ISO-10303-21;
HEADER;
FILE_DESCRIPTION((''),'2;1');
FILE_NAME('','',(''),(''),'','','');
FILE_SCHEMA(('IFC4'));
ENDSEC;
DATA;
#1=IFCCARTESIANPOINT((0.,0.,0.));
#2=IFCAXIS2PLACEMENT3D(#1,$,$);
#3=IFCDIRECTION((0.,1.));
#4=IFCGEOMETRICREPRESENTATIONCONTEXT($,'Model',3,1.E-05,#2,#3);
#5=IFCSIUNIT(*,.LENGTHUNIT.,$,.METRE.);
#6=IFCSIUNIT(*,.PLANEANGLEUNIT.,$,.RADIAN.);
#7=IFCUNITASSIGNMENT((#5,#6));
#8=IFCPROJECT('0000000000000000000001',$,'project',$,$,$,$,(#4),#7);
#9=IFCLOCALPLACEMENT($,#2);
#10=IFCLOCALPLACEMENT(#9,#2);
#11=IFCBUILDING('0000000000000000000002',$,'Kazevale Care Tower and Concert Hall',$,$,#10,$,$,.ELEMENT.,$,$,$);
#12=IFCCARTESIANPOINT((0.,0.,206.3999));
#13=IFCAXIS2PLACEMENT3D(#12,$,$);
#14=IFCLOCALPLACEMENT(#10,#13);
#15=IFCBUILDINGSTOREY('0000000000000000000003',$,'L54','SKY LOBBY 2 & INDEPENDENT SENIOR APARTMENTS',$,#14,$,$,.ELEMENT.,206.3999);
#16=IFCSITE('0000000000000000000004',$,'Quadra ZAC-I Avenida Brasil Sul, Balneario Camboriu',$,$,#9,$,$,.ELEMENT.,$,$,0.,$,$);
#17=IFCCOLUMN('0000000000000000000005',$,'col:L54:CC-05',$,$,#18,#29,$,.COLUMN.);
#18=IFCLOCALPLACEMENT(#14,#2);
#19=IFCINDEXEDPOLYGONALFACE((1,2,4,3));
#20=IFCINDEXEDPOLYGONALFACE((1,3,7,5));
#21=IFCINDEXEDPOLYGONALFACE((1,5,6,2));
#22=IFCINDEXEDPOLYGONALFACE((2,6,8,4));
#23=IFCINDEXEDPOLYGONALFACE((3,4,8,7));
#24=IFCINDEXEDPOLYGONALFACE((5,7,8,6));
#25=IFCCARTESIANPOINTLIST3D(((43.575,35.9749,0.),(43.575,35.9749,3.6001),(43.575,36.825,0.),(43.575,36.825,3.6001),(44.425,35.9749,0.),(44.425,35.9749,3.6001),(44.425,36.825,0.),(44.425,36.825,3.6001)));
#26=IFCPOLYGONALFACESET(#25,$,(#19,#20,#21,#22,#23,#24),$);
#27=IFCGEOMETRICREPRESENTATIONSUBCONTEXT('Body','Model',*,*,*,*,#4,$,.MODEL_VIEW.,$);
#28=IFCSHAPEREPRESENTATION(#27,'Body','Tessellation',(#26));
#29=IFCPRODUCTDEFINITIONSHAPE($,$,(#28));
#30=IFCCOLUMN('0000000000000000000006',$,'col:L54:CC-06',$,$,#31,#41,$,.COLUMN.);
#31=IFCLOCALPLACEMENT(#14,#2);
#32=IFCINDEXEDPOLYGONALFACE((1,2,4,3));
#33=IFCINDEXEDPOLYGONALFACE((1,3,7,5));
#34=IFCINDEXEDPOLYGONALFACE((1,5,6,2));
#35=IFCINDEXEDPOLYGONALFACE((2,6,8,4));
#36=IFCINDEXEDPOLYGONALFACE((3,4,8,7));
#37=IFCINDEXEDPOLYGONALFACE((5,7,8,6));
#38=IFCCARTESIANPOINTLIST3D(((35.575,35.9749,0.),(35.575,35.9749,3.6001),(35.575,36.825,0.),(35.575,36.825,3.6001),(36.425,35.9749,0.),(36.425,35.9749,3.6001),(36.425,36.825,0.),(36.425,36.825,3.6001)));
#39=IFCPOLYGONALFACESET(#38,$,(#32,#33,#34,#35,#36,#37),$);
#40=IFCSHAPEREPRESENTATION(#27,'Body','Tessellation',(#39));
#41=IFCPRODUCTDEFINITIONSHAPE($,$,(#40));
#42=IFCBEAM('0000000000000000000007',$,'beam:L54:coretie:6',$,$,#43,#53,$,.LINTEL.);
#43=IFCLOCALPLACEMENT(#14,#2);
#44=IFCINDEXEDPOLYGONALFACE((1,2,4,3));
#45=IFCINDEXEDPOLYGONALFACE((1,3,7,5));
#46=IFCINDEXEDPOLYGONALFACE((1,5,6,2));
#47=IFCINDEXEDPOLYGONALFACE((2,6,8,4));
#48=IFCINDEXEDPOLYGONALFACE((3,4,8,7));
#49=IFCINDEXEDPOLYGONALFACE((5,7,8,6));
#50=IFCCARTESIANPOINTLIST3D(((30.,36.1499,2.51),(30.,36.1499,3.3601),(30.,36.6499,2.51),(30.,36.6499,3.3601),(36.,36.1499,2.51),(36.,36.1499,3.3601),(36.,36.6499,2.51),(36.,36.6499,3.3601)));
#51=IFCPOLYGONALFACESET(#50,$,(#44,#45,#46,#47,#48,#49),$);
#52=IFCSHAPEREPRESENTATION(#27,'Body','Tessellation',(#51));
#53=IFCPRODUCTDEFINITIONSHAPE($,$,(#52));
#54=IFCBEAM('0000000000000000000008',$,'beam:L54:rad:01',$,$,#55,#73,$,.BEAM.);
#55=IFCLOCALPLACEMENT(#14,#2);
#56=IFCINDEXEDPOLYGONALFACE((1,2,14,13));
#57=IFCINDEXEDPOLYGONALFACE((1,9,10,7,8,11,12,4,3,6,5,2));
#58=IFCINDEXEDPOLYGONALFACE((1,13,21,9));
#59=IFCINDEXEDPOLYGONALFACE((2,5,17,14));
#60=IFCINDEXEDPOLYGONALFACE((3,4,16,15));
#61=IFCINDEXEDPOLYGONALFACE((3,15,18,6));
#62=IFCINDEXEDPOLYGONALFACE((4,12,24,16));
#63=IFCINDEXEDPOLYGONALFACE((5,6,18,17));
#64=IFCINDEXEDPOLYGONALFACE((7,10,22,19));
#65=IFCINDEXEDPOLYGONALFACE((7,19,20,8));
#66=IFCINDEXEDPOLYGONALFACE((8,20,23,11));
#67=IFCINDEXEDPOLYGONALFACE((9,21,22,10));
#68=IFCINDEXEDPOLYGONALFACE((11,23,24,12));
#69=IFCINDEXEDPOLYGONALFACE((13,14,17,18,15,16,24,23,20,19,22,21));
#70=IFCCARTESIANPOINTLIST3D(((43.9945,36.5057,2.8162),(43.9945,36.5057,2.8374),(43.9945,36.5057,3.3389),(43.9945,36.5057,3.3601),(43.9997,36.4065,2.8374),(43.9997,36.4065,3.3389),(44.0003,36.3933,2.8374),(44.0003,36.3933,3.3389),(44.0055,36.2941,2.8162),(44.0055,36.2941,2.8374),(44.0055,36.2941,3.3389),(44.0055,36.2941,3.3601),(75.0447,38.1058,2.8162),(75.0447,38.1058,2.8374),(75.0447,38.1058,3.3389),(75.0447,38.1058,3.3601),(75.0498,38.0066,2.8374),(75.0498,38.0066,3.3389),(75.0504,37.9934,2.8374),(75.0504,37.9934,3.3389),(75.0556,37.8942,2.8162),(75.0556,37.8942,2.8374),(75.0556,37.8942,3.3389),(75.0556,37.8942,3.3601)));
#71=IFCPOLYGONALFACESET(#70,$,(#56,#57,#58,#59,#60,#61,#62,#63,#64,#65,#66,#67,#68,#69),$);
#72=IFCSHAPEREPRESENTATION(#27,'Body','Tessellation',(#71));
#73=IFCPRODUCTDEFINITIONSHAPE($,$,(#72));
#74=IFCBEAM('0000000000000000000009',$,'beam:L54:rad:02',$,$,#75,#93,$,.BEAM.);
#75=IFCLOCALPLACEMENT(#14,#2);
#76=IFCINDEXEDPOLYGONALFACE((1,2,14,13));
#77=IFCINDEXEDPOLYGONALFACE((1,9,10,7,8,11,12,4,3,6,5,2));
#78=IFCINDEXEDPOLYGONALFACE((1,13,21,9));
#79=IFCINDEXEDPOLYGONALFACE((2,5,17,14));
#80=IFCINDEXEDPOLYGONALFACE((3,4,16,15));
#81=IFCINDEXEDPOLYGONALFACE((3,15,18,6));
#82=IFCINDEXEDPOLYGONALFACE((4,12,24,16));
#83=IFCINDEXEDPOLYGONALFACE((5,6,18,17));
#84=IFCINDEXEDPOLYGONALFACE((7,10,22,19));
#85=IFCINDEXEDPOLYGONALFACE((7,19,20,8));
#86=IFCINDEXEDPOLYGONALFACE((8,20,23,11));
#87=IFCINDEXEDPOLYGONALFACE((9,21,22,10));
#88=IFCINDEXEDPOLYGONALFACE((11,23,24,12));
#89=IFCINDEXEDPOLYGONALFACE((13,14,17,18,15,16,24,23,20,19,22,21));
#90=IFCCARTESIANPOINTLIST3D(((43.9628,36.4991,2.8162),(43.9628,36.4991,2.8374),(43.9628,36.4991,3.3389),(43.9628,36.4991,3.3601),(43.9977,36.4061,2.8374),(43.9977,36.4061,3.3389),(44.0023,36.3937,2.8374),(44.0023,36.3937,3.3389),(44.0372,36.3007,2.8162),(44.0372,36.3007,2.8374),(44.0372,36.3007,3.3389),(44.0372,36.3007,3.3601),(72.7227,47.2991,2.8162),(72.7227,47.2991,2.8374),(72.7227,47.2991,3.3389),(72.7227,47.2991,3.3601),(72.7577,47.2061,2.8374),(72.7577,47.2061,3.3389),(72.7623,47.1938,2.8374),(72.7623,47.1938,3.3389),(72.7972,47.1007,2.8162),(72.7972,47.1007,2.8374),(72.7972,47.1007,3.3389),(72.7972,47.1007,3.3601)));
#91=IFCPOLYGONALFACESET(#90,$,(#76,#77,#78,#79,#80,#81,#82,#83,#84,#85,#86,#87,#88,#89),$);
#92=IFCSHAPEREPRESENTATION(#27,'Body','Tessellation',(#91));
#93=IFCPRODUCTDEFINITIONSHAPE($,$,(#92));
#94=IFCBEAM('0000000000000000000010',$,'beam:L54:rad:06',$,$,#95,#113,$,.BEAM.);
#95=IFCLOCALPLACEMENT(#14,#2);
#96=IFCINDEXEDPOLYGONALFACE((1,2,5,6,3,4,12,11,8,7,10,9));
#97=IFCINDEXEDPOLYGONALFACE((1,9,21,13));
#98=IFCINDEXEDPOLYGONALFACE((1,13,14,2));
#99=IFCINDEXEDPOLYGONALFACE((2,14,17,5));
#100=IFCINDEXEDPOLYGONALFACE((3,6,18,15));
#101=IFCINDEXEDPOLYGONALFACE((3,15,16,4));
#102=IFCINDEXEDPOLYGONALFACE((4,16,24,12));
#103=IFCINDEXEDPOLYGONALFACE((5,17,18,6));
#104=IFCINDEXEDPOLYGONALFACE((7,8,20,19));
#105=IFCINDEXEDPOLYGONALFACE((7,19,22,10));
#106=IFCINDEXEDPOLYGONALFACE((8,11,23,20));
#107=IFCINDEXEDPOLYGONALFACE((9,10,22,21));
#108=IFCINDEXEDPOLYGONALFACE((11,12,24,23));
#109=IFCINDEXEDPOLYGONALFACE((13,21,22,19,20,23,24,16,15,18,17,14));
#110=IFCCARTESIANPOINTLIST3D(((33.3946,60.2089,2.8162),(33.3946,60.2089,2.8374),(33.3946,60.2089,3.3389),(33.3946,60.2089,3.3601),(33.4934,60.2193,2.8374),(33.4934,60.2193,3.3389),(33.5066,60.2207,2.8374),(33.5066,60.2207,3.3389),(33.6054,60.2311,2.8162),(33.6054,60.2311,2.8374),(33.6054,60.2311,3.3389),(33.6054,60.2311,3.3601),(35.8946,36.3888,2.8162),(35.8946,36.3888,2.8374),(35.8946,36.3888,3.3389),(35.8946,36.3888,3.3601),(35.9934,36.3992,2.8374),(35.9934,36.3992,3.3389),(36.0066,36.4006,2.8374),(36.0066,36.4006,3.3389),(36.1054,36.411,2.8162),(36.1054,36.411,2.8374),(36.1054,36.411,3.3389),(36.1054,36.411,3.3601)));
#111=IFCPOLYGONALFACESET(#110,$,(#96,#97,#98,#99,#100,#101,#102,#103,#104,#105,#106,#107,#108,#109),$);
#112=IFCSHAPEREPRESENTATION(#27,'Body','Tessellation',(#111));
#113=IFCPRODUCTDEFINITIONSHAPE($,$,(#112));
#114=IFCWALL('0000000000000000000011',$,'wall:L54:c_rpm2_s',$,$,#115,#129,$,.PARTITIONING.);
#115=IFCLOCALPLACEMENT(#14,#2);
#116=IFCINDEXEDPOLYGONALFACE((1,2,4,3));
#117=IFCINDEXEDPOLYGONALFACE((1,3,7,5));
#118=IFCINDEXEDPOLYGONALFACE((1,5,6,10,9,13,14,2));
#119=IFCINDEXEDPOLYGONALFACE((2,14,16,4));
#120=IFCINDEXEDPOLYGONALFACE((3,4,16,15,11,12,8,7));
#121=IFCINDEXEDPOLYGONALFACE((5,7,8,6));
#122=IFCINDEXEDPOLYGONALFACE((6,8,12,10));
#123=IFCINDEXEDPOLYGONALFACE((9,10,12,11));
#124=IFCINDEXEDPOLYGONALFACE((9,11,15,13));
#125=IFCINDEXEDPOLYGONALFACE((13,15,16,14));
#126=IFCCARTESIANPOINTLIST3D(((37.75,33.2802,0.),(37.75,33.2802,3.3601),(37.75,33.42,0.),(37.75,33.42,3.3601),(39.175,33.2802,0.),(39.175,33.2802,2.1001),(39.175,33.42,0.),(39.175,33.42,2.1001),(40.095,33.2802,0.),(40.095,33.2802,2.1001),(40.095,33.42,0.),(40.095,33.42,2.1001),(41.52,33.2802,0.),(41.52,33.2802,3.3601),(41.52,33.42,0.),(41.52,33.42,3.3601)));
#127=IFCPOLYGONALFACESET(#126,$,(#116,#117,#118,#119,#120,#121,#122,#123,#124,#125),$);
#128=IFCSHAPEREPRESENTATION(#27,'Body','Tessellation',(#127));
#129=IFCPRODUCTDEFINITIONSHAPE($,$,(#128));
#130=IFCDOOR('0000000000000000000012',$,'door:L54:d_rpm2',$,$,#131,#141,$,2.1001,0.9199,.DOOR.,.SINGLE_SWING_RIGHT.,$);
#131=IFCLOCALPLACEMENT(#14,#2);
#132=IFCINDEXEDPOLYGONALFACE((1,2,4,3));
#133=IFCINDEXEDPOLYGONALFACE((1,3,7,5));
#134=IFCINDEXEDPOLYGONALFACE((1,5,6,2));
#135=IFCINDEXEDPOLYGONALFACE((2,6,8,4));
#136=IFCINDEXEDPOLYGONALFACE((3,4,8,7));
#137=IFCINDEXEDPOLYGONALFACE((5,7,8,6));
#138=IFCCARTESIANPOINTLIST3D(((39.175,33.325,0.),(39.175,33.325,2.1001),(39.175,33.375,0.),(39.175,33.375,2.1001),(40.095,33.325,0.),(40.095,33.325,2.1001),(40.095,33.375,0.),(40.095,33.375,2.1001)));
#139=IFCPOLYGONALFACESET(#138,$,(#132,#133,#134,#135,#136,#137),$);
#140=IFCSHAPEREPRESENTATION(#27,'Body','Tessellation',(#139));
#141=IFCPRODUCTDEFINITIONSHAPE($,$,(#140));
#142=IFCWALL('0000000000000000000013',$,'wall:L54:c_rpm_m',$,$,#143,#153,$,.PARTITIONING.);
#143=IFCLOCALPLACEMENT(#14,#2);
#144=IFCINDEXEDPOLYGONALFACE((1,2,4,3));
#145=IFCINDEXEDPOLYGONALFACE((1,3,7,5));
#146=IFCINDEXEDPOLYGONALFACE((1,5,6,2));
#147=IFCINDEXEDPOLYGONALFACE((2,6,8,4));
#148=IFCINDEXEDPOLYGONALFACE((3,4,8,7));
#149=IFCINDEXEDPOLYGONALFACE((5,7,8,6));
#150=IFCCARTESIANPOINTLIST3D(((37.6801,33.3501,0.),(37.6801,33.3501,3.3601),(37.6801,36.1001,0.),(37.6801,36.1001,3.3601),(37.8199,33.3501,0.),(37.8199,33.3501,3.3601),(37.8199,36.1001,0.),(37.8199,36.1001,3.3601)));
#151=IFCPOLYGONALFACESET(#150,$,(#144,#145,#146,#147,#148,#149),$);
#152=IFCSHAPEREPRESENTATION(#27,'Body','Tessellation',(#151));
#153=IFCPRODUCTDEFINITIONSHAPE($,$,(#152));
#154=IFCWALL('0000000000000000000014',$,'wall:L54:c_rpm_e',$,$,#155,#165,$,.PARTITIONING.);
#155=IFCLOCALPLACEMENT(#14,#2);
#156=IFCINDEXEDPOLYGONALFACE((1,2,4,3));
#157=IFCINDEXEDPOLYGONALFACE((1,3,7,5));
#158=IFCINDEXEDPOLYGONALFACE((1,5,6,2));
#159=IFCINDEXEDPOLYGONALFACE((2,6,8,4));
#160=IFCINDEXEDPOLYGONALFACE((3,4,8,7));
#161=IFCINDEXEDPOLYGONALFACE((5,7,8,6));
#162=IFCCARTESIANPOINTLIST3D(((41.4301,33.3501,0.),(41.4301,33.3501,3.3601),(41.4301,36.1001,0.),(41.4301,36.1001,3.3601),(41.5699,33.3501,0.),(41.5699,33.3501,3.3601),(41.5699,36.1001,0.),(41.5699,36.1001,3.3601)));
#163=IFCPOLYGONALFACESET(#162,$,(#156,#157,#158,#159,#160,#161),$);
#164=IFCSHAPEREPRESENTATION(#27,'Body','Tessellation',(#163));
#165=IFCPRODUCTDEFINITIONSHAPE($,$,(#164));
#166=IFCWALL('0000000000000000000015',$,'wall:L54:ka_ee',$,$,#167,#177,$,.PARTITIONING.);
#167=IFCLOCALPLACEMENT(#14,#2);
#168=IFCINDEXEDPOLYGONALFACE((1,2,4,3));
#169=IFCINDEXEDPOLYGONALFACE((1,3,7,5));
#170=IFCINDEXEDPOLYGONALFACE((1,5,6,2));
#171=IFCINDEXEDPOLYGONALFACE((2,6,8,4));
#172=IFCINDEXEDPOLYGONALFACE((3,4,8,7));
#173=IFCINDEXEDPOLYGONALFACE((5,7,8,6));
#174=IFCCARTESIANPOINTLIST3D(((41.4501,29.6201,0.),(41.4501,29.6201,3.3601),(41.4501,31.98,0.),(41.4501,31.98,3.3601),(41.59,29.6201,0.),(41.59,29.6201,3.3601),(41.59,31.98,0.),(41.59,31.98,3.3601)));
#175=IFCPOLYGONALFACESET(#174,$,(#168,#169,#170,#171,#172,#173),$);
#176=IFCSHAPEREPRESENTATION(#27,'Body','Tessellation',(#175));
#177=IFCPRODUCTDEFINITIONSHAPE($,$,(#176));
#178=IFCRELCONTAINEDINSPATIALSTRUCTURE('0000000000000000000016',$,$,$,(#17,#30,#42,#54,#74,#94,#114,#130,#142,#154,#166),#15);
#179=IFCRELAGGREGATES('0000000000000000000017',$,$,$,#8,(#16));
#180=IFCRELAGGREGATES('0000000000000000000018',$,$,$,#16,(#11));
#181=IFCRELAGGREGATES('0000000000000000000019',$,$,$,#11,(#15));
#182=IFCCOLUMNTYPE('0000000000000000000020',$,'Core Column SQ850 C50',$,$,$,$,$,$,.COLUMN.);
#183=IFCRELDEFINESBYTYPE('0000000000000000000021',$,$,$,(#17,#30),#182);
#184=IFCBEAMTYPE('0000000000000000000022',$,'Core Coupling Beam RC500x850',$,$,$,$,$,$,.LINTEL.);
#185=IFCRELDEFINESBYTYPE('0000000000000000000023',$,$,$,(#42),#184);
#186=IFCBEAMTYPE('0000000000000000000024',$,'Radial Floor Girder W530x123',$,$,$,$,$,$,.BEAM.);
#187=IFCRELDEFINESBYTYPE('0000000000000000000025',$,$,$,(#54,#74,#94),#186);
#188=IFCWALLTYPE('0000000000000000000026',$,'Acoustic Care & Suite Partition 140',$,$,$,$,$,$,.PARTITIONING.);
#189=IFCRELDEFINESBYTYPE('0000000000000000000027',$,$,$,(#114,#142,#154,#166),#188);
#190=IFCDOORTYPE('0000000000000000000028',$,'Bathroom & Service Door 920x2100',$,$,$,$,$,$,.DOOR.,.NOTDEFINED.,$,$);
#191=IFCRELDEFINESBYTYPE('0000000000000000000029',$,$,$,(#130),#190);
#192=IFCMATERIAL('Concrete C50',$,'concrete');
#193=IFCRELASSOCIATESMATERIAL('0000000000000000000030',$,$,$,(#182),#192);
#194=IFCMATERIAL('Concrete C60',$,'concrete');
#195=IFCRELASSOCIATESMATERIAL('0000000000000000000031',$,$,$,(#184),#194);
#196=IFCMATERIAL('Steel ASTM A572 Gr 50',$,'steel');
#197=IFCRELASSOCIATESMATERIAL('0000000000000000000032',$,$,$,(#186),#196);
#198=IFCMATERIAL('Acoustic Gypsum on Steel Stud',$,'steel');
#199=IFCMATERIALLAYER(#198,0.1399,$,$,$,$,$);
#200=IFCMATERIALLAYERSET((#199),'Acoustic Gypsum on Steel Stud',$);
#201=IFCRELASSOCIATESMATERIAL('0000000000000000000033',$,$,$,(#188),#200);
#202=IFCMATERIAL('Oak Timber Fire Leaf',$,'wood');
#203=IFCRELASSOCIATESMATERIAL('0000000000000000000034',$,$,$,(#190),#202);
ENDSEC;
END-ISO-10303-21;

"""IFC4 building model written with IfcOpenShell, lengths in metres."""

from ifc_helpers import new_model, si_unit, direction, frame, frame_2d, origin, origin_2d, place, context, subcontext, project, spatial, rectangle, i_section, extrude, material, layer, layer_set, material_profile, profile_set, type_object, element, fill, save


model = new_model("IFC4")

# Units and contexts
model_context = context("Model", 3, precision=1e-05, world=origin(), true_north=direction((0.0, 1.0)))
body_context = subcontext(model_context, "Body", "Model", "MODEL_VIEW")
ifc_project = project(units=[si_unit("LENGTHUNIT", "METRE"), si_unit("PLANEANGLEUNIT", "RADIAN")], contexts=[model_context])

# Site, building, storey
site_placement = place(None, origin())
site = spatial("IfcSite", under=ifc_project, at=site_placement, Name="Quadra ZAC-I Avenida Brasil Sul, Balneario Camboriu", CompositionType="ELEMENT", RefElevation=0.0)
building_placement = place(site_placement, origin())
building = spatial("IfcBuilding", under=site, at=building_placement, Name="Kazevale Care Tower and Concert Hall", CompositionType="ELEMENT")
storey_placement = place(building_placement, frame((0.0, 0.0, 206.3999)))
storey = spatial("IfcBuildingStorey", under=building, at=storey_placement, Name="L54", Description="SKY LOBBY 2 & INDEPENDENT SENIOR APARTMENTS", CompositionType="ELEMENT", Elevation=206.3999)

# Columns
ifc_material_1 = material(Name="Concrete C50", Category="concrete")
ifc_material_profile_1 = material_profile(ifc_material_1, rectangle(XDim=0.8501, YDim=0.8501, at=origin_2d()), Name="RC-SQ850")
ifc_profile_set_1 = profile_set([ifc_material_profile_1], Name="Concrete C50")
column_type = type_object("IfcColumnType", Name="Core Column SQ850 C50", PredefinedType="COLUMN", material=ifc_profile_set_1)
for number, where, z_axis, x_axis, name in (
    (1, (44.0, 36.3999, 0.0), (0.0, 0.0, 1.0), (1.0, 0.0, 0.0), "col:L54:CC-05"),
    (2, (36.0, 36.3999, 0.0), (0.0, 0.0, 1.0), (1.0, 0.0, 0.0), "col:L54:CC-06"),
):
    element("IfcColumn", number, at=place(storey_placement, frame(where, z_axis=z_axis, x_axis=x_axis)), inside=storey, type_object=column_type, Name=name, PredefinedType="COLUMN", context=body_context, shape_type="SweptSolid", body=[
        extrude(rectangle(XDim=0.8501, YDim=0.8501, at=origin_2d()), origin(), (0.0, 0.0, 1.0), 3.6001),
    ])

# Beams
ifc_material_2 = material(Name="Concrete C60", Category="concrete")
ifc_material_profile_2 = material_profile(ifc_material_2, rectangle(XDim=0.5, YDim=0.8501, at=origin_2d()), Name="RC-B500x850")
ifc_profile_set_2 = profile_set([ifc_material_profile_2], Name="Concrete C60")
beam_type_1 = type_object("IfcBeamType", Name="Core Coupling Beam RC500x850", PredefinedType="LINTEL", material=ifc_profile_set_2)
beam_1_placement = place(storey_placement, frame((36.0, 36.3999, 2.9351), z_axis=(-1.0, 0.0, 0.0), x_axis=(0.0, -1.0, 0.0)))
element("IfcBeam", 3, at=beam_1_placement, inside=storey, type_object=beam_type_1, Name="beam:L54:coretie:6", PredefinedType="LINTEL", context=body_context, shape_type="SweptSolid", body=[
    extrude(rectangle(XDim=0.5, YDim=0.8501, at=origin_2d()), origin(), (0.0, 0.0, 1.0), 6.0),
])
ifc_material_3 = material(Name="Steel ASTM A572 Gr 50", Category="steel")
ifc_material_profile_3 = material_profile(ifc_material_3, i_section(OverallWidth=0.2119, OverallDepth=0.5439, WebThickness=0.0132, FlangeThickness=0.0212, at=origin_2d()), Name="W530x123")
ifc_profile_set_3 = profile_set([ifc_material_profile_3], Name="Steel ASTM A572 Gr 50")
beam_type_2 = type_object("IfcBeamType", Name="Radial Floor Girder W530x123", PredefinedType="BEAM", material=ifc_profile_set_3)
beam_2_placement = place(storey_placement, frame((44.0, 36.3999, 3.0881), z_axis=(0.998675, 0.051465, 0.0), x_axis=(-0.051465, 0.998675, 0.0)))
element("IfcBeam", 4, at=beam_2_placement, inside=storey, type_object=beam_type_2, Name="beam:L54:rad:01", PredefinedType="BEAM", context=body_context, shape_type="SweptSolid", body=[
    extrude(i_section(OverallWidth=0.2119, OverallDepth=0.5439, WebThickness=0.0132, FlangeThickness=0.0212, at=origin_2d()), origin(), (0.0, 0.0, 1.0), 31.0913),
])
beam_3_placement = place(storey_placement, frame((44.0, 36.3999, 3.0881), z_axis=(0.936168, 0.351553, 0.0), x_axis=(-0.351553, 0.936168, 0.0)))
element("IfcBeam", 5, at=beam_3_placement, inside=storey, type_object=beam_type_2, Name="beam:L54:rad:02", PredefinedType="BEAM", context=body_context, shape_type="SweptSolid", body=[
    extrude(i_section(OverallWidth=0.2119, OverallDepth=0.5439, WebThickness=0.0132, FlangeThickness=0.0212, at=origin_2d()), origin(), (0.0, 0.0, 1.0), 30.7209),
])
beam_4_placement = place(storey_placement, frame((36.0, 36.3999, 3.0881), z_axis=(-0.10438, 0.994537, 0.0), x_axis=(-0.994537, -0.10438, 0.0)))
element("IfcBeam", 6, at=beam_4_placement, inside=storey, type_object=beam_type_2, Name="beam:L54:rad:06", PredefinedType="BEAM", context=body_context, shape_type="SweptSolid", body=[
    extrude(i_section(OverallWidth=0.2119, OverallDepth=0.5439, WebThickness=0.0132, FlangeThickness=0.0212, at=origin_2d()), origin(), (0.0, 0.0, 1.0), 23.9509),
])

# Wall, opening, door
ifc_material_4 = material(Name="Acoustic Gypsum on Steel Stud", Category="steel")
ifc_layer_1 = layer(ifc_material_4, 0.1399)
ifc_layer_set_1 = layer_set([ifc_layer_1], Name="Acoustic Gypsum on Steel Stud")
wall_type_1 = type_object("IfcWallType", Name="Acoustic Care & Suite Partition 140", PredefinedType="PARTITIONING", material=ifc_layer_set_1)
wall_1_placement = place(storey_placement, frame((37.75, 33.3501, 0.0), z_axis=(0.0, 0.0, 1.0), x_axis=(1.0, 0.0, 0.0)))
wall_1 = element("IfcWall", 7, at=wall_1_placement, inside=storey, type_object=wall_type_1, Name="wall:L54:c_rpm2_s", PredefinedType="PARTITIONING", context=body_context, shape_type="SweptSolid", body=[
    extrude(rectangle(XDim=3.77, YDim=0.1399, at=frame_2d((1.885, 0.0))), origin(), (0.0, 0.0, 1.0), 3.3601),
])
opening_1_placement = place(wall_1_placement, frame((1.425, 0.0, 0.0)))
opening_1 = element("IfcOpeningElement", 8, at=opening_1_placement, cuts=wall_1, PredefinedType="OPENING", context=body_context, shape_type="SweptSolid", body=[
    extrude(rectangle(XDim=0.9199, YDim=2.1001, at=frame_2d((0.46, 1.05))), frame((0.0, 0.0798, 0.0), z_axis=(0.0, -1.0, 0.0), x_axis=(1.0, 0.0, 0.0)), (0.0, 0.0, 1.0), 0.1599),
])
ifc_material_5 = material(Name="Oak Timber Fire Leaf", Category="wood")
door_type_1 = type_object("IfcDoorType", Name="Bathroom & Service Door 920x2100", OperationType="NOTDEFINED", PredefinedType="DOOR", material=ifc_material_5)
door_1_placement = place(opening_1_placement, origin())
door_1 = element("IfcDoor", 9, at=door_1_placement, inside=storey, type_object=door_type_1, Name="door:L54:d_rpm2", OperationType="SINGLE_SWING_RIGHT", OverallHeight=2.1001, OverallWidth=0.9199, PredefinedType="DOOR", context=body_context, shape_type="SweptSolid", body=[
    extrude(rectangle(XDim=0.9199, YDim=2.1001, at=frame_2d((0.46, 1.05))), frame((0.0, 0.0249, 0.0), z_axis=(0.0, -1.0, 0.0), x_axis=(1.0, 0.0, 0.0)), (0.0, 0.0, 1.0), 0.05),
])
fill(opening_1, door_1)

# Walls
for number, where, z_axis, x_axis, name in (
    (10, (37.75, 33.3501, 0.0), (0.0, 0.0, 1.0), (0.0, 1.0, 0.0), "wall:L54:c_rpm_m"),
    (11, (41.5, 33.3501, 0.0), (0.0, 0.0, 1.0), (0.0, 1.0, 0.0), "wall:L54:c_rpm_e"),
):
    element("IfcWall", number, at=place(storey_placement, frame(where, z_axis=z_axis, x_axis=x_axis)), inside=storey, type_object=wall_type_1, Name=name, PredefinedType="PARTITIONING", context=body_context, shape_type="SweptSolid", body=[
        extrude(rectangle(XDim=2.75, YDim=0.1399, at=frame_2d((1.375, 0.0))), origin(), (0.0, 0.0, 1.0), 3.3601),
    ])
wall_2_placement = place(storey_placement, frame((41.52, 29.6201, 0.0), z_axis=(0.0, 0.0, 1.0), x_axis=(0.0, 1.0, 0.0)))
element("IfcWall", 12, at=wall_2_placement, inside=storey, type_object=wall_type_1, Name="wall:L54:ka_ee", PredefinedType="PARTITIONING", context=body_context, shape_type="SweptSolid", body=[
    extrude(rectangle(XDim=2.3599, YDim=0.1399, at=frame_2d((1.1799, 0.0))), origin(), (0.0, 0.0, 1.0), 3.3601),
])

save(model, "model.ifc")
